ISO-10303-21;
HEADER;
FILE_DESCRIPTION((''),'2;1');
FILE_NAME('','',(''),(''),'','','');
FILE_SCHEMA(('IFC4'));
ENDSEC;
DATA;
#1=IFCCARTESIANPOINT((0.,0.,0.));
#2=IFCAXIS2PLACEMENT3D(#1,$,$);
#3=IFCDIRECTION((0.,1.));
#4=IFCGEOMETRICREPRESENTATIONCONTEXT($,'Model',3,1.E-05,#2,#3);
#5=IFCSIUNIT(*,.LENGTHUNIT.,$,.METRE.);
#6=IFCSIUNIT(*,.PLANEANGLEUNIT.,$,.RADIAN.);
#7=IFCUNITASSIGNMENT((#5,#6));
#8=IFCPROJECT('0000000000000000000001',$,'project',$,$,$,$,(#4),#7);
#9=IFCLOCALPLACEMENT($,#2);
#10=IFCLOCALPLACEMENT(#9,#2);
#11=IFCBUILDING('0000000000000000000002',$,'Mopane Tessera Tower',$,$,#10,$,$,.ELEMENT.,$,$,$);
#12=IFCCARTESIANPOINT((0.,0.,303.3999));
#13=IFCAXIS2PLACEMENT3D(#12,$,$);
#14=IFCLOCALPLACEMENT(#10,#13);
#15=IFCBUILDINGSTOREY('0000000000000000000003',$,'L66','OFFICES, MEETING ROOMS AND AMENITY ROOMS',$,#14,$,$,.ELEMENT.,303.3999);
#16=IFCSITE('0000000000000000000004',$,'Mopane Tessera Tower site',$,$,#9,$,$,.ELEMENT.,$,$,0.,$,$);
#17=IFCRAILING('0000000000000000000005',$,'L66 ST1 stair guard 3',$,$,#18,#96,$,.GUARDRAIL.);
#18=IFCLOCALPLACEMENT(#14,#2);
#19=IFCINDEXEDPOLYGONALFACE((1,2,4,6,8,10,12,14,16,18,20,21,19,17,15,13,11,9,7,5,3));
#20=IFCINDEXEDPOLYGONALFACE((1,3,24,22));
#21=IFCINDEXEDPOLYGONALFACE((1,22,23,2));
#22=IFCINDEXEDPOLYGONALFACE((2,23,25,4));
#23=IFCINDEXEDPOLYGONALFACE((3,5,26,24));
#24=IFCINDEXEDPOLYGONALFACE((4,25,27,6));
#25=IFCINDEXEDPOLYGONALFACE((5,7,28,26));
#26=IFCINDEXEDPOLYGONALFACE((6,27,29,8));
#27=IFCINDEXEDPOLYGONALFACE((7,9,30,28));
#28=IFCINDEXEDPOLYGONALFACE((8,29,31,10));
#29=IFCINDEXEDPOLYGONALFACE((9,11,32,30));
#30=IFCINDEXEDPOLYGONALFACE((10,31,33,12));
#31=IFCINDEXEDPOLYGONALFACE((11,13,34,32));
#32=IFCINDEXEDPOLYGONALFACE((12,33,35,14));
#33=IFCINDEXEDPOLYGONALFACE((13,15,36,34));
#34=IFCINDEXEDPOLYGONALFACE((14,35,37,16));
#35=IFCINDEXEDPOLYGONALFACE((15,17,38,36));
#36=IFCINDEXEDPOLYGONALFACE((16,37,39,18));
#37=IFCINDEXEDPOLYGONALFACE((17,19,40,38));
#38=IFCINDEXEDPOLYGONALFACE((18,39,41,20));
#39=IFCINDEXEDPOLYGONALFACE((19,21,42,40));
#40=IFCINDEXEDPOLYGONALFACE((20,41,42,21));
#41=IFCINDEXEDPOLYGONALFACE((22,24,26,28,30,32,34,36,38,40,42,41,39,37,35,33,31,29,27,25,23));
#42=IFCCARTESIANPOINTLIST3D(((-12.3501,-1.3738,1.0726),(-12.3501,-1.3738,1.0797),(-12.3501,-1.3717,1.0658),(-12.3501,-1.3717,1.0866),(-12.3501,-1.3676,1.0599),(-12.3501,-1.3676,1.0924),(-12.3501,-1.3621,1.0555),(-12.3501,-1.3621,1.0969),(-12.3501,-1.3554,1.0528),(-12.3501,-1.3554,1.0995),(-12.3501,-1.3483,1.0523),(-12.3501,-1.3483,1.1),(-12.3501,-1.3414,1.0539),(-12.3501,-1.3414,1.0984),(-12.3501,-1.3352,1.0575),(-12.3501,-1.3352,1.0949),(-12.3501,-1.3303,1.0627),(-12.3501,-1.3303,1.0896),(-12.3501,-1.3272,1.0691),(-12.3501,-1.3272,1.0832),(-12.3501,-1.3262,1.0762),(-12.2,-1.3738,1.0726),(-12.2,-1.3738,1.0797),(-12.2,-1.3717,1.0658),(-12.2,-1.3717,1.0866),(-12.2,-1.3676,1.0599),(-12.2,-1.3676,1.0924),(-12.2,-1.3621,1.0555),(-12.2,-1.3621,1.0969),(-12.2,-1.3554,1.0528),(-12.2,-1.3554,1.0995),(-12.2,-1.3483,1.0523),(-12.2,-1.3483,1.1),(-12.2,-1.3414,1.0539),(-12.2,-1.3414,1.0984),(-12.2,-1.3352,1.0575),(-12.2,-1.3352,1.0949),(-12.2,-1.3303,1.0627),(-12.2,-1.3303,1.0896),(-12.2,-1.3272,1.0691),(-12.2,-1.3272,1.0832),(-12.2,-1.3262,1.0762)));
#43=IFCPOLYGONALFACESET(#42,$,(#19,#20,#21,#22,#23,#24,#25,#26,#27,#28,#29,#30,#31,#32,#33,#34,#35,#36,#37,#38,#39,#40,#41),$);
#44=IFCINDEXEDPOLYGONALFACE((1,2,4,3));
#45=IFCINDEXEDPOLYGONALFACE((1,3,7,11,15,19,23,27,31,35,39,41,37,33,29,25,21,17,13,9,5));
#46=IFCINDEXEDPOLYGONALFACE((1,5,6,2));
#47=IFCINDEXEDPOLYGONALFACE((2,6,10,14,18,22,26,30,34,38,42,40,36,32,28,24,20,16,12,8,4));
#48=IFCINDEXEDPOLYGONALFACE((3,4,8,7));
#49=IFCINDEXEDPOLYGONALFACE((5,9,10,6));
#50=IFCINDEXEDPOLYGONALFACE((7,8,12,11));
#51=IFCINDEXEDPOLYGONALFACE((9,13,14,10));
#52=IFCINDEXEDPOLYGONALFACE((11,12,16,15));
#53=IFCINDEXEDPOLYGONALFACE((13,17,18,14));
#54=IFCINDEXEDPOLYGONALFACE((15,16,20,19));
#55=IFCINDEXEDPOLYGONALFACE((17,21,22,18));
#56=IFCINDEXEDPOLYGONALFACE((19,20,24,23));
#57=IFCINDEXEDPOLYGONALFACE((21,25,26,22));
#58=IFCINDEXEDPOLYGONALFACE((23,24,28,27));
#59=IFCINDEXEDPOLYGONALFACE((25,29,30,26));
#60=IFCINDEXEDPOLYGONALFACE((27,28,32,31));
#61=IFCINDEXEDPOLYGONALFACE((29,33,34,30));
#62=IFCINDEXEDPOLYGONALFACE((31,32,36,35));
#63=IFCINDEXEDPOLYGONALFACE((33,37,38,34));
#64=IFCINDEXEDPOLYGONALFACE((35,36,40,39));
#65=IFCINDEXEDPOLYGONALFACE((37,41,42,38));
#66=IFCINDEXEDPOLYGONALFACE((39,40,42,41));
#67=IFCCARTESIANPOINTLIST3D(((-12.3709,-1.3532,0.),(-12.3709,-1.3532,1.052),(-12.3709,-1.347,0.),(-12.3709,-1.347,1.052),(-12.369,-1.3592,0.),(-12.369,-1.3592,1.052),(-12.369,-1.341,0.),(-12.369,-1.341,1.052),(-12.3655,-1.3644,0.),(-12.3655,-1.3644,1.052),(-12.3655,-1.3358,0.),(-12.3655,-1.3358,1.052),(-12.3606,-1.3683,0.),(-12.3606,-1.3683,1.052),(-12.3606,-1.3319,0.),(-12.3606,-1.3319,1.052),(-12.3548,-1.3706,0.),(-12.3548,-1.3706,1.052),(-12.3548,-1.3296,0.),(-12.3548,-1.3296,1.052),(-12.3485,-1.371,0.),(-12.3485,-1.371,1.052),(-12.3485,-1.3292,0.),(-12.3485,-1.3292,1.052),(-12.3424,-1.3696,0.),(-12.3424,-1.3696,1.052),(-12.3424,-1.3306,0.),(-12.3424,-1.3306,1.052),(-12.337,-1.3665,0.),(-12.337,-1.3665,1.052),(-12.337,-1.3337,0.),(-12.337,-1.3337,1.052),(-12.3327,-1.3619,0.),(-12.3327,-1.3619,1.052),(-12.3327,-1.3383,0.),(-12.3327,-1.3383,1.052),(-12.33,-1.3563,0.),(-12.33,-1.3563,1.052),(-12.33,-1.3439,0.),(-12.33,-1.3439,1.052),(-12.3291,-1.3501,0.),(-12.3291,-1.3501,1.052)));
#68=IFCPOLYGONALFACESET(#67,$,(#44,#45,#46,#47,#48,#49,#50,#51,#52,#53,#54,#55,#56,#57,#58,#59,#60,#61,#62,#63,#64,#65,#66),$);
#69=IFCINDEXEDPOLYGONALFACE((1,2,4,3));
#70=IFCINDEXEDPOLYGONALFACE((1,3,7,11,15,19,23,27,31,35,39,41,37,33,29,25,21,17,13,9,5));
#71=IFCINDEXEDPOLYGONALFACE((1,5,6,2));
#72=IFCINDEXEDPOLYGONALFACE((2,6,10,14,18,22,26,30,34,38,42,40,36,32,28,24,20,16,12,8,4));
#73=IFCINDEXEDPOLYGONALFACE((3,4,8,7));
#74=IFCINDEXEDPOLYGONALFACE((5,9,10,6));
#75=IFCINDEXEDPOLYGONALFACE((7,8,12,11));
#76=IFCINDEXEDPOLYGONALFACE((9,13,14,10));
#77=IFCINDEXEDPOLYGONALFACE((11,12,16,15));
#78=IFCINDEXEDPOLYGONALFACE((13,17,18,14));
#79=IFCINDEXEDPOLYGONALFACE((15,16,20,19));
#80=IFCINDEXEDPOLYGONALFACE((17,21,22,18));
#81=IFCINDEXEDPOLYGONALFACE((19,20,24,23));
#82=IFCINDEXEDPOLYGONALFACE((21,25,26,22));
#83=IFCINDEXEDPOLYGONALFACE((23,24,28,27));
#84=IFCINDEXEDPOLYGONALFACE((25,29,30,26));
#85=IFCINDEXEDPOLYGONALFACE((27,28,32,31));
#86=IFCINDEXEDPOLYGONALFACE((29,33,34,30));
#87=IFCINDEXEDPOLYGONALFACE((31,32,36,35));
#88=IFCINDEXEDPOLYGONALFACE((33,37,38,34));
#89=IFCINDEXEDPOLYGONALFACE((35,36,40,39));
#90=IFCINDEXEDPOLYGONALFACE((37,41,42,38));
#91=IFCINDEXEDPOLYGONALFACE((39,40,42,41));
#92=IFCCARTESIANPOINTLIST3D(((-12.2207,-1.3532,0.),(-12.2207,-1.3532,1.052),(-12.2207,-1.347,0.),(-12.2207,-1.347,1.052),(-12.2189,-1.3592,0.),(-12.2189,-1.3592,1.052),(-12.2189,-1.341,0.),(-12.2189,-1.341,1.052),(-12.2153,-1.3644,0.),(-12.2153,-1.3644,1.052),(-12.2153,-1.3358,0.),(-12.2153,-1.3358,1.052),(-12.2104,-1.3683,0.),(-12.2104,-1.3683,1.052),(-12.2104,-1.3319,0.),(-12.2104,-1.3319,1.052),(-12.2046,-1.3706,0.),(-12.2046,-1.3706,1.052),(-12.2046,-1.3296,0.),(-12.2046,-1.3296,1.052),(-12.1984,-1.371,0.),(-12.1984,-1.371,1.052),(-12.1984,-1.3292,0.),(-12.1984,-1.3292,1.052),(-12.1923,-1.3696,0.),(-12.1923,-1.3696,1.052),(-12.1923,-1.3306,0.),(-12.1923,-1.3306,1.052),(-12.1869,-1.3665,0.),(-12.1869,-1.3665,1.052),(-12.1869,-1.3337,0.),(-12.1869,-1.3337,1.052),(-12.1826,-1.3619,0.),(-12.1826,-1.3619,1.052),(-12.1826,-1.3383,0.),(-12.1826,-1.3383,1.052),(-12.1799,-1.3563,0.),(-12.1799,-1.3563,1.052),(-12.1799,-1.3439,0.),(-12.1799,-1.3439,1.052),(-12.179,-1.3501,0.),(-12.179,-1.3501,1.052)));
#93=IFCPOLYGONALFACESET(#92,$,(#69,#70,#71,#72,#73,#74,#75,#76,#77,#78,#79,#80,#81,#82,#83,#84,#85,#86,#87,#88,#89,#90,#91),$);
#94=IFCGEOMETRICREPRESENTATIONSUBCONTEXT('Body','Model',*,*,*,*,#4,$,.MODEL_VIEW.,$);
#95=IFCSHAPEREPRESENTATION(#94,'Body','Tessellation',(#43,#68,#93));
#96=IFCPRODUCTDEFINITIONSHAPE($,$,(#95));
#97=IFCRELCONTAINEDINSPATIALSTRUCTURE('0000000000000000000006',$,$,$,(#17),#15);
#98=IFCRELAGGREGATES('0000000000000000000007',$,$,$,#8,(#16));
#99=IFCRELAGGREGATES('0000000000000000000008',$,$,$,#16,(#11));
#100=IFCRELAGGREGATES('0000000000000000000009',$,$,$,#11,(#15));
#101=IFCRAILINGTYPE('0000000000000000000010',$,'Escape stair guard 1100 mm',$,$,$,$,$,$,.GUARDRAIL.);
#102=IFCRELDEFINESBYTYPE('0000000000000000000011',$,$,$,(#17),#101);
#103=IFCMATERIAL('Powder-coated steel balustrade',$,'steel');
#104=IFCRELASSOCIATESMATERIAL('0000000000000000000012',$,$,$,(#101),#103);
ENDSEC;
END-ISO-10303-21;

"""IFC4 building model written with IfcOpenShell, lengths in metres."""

from ifc_helpers import new_model, si_unit, direction, frame, origin, origin_2d, place, context, subcontext, project, spatial, circle, extrude, material, type_object, element, save


model = new_model("IFC4")

# Units and contexts
model_context = context("Model", 3, precision=1e-05, world=origin(), true_north=direction((0.0, 1.0)))
body_context = subcontext(model_context, "Body", "Model", "MODEL_VIEW")
ifc_project = project(units=[si_unit("LENGTHUNIT", "METRE"), si_unit("PLANEANGLEUNIT", "RADIAN")], contexts=[model_context])

# Site, building, storey
site_placement = place(None, origin())
site = spatial("IfcSite", under=ifc_project, at=site_placement, Name="Mopane Tessera Tower site", CompositionType="ELEMENT", RefElevation=0.0)
building_placement = place(site_placement, origin())
building = spatial("IfcBuilding", under=site, at=building_placement, Name="Mopane Tessera Tower", CompositionType="ELEMENT")
storey_placement = place(building_placement, frame((0.0, 0.0, 303.3999)))
storey = spatial("IfcBuildingStorey", under=building, at=storey_placement, Name="L66", Description="OFFICES, MEETING ROOMS AND AMENITY ROOMS", CompositionType="ELEMENT", Elevation=303.3999)

# Railing
ifc_material_1 = material(Name="Powder-coated steel balustrade", Category="steel")
railing_type_1 = type_object("IfcRailingType", Name="Escape stair guard 1100 mm", PredefinedType="GUARDRAIL", material=ifc_material_1)
railing_1_placement = place(storey_placement, frame((-12.3501, -1.3501, 0.0)))
element("IfcRailing", 1, at=railing_1_placement, inside=storey, type_object=railing_type_1, Name="L66 ST1 stair guard 3", PredefinedType="GUARDRAIL", context=body_context, shape_type="SweptSolid", body=[
    extrude(circle(Radius=0.0239, at=origin_2d()), frame((0.0, 0.0, 1.0762), z_axis=(1.0, 0.0, 0.0), x_axis=(0.0, 1.0, 0.0)), (0.0, 0.0, 1.0), 0.1501),
    extrude(circle(Radius=0.021, at=origin_2d()), origin(), (0.0, 0.0, 1.0), 1.052),
    extrude(circle(Radius=0.021, at=origin_2d()), frame((0.1501, 0.0, 0.0)), (0.0, 0.0, 1.0), 1.052),
])

save(model, "model.ifc")
